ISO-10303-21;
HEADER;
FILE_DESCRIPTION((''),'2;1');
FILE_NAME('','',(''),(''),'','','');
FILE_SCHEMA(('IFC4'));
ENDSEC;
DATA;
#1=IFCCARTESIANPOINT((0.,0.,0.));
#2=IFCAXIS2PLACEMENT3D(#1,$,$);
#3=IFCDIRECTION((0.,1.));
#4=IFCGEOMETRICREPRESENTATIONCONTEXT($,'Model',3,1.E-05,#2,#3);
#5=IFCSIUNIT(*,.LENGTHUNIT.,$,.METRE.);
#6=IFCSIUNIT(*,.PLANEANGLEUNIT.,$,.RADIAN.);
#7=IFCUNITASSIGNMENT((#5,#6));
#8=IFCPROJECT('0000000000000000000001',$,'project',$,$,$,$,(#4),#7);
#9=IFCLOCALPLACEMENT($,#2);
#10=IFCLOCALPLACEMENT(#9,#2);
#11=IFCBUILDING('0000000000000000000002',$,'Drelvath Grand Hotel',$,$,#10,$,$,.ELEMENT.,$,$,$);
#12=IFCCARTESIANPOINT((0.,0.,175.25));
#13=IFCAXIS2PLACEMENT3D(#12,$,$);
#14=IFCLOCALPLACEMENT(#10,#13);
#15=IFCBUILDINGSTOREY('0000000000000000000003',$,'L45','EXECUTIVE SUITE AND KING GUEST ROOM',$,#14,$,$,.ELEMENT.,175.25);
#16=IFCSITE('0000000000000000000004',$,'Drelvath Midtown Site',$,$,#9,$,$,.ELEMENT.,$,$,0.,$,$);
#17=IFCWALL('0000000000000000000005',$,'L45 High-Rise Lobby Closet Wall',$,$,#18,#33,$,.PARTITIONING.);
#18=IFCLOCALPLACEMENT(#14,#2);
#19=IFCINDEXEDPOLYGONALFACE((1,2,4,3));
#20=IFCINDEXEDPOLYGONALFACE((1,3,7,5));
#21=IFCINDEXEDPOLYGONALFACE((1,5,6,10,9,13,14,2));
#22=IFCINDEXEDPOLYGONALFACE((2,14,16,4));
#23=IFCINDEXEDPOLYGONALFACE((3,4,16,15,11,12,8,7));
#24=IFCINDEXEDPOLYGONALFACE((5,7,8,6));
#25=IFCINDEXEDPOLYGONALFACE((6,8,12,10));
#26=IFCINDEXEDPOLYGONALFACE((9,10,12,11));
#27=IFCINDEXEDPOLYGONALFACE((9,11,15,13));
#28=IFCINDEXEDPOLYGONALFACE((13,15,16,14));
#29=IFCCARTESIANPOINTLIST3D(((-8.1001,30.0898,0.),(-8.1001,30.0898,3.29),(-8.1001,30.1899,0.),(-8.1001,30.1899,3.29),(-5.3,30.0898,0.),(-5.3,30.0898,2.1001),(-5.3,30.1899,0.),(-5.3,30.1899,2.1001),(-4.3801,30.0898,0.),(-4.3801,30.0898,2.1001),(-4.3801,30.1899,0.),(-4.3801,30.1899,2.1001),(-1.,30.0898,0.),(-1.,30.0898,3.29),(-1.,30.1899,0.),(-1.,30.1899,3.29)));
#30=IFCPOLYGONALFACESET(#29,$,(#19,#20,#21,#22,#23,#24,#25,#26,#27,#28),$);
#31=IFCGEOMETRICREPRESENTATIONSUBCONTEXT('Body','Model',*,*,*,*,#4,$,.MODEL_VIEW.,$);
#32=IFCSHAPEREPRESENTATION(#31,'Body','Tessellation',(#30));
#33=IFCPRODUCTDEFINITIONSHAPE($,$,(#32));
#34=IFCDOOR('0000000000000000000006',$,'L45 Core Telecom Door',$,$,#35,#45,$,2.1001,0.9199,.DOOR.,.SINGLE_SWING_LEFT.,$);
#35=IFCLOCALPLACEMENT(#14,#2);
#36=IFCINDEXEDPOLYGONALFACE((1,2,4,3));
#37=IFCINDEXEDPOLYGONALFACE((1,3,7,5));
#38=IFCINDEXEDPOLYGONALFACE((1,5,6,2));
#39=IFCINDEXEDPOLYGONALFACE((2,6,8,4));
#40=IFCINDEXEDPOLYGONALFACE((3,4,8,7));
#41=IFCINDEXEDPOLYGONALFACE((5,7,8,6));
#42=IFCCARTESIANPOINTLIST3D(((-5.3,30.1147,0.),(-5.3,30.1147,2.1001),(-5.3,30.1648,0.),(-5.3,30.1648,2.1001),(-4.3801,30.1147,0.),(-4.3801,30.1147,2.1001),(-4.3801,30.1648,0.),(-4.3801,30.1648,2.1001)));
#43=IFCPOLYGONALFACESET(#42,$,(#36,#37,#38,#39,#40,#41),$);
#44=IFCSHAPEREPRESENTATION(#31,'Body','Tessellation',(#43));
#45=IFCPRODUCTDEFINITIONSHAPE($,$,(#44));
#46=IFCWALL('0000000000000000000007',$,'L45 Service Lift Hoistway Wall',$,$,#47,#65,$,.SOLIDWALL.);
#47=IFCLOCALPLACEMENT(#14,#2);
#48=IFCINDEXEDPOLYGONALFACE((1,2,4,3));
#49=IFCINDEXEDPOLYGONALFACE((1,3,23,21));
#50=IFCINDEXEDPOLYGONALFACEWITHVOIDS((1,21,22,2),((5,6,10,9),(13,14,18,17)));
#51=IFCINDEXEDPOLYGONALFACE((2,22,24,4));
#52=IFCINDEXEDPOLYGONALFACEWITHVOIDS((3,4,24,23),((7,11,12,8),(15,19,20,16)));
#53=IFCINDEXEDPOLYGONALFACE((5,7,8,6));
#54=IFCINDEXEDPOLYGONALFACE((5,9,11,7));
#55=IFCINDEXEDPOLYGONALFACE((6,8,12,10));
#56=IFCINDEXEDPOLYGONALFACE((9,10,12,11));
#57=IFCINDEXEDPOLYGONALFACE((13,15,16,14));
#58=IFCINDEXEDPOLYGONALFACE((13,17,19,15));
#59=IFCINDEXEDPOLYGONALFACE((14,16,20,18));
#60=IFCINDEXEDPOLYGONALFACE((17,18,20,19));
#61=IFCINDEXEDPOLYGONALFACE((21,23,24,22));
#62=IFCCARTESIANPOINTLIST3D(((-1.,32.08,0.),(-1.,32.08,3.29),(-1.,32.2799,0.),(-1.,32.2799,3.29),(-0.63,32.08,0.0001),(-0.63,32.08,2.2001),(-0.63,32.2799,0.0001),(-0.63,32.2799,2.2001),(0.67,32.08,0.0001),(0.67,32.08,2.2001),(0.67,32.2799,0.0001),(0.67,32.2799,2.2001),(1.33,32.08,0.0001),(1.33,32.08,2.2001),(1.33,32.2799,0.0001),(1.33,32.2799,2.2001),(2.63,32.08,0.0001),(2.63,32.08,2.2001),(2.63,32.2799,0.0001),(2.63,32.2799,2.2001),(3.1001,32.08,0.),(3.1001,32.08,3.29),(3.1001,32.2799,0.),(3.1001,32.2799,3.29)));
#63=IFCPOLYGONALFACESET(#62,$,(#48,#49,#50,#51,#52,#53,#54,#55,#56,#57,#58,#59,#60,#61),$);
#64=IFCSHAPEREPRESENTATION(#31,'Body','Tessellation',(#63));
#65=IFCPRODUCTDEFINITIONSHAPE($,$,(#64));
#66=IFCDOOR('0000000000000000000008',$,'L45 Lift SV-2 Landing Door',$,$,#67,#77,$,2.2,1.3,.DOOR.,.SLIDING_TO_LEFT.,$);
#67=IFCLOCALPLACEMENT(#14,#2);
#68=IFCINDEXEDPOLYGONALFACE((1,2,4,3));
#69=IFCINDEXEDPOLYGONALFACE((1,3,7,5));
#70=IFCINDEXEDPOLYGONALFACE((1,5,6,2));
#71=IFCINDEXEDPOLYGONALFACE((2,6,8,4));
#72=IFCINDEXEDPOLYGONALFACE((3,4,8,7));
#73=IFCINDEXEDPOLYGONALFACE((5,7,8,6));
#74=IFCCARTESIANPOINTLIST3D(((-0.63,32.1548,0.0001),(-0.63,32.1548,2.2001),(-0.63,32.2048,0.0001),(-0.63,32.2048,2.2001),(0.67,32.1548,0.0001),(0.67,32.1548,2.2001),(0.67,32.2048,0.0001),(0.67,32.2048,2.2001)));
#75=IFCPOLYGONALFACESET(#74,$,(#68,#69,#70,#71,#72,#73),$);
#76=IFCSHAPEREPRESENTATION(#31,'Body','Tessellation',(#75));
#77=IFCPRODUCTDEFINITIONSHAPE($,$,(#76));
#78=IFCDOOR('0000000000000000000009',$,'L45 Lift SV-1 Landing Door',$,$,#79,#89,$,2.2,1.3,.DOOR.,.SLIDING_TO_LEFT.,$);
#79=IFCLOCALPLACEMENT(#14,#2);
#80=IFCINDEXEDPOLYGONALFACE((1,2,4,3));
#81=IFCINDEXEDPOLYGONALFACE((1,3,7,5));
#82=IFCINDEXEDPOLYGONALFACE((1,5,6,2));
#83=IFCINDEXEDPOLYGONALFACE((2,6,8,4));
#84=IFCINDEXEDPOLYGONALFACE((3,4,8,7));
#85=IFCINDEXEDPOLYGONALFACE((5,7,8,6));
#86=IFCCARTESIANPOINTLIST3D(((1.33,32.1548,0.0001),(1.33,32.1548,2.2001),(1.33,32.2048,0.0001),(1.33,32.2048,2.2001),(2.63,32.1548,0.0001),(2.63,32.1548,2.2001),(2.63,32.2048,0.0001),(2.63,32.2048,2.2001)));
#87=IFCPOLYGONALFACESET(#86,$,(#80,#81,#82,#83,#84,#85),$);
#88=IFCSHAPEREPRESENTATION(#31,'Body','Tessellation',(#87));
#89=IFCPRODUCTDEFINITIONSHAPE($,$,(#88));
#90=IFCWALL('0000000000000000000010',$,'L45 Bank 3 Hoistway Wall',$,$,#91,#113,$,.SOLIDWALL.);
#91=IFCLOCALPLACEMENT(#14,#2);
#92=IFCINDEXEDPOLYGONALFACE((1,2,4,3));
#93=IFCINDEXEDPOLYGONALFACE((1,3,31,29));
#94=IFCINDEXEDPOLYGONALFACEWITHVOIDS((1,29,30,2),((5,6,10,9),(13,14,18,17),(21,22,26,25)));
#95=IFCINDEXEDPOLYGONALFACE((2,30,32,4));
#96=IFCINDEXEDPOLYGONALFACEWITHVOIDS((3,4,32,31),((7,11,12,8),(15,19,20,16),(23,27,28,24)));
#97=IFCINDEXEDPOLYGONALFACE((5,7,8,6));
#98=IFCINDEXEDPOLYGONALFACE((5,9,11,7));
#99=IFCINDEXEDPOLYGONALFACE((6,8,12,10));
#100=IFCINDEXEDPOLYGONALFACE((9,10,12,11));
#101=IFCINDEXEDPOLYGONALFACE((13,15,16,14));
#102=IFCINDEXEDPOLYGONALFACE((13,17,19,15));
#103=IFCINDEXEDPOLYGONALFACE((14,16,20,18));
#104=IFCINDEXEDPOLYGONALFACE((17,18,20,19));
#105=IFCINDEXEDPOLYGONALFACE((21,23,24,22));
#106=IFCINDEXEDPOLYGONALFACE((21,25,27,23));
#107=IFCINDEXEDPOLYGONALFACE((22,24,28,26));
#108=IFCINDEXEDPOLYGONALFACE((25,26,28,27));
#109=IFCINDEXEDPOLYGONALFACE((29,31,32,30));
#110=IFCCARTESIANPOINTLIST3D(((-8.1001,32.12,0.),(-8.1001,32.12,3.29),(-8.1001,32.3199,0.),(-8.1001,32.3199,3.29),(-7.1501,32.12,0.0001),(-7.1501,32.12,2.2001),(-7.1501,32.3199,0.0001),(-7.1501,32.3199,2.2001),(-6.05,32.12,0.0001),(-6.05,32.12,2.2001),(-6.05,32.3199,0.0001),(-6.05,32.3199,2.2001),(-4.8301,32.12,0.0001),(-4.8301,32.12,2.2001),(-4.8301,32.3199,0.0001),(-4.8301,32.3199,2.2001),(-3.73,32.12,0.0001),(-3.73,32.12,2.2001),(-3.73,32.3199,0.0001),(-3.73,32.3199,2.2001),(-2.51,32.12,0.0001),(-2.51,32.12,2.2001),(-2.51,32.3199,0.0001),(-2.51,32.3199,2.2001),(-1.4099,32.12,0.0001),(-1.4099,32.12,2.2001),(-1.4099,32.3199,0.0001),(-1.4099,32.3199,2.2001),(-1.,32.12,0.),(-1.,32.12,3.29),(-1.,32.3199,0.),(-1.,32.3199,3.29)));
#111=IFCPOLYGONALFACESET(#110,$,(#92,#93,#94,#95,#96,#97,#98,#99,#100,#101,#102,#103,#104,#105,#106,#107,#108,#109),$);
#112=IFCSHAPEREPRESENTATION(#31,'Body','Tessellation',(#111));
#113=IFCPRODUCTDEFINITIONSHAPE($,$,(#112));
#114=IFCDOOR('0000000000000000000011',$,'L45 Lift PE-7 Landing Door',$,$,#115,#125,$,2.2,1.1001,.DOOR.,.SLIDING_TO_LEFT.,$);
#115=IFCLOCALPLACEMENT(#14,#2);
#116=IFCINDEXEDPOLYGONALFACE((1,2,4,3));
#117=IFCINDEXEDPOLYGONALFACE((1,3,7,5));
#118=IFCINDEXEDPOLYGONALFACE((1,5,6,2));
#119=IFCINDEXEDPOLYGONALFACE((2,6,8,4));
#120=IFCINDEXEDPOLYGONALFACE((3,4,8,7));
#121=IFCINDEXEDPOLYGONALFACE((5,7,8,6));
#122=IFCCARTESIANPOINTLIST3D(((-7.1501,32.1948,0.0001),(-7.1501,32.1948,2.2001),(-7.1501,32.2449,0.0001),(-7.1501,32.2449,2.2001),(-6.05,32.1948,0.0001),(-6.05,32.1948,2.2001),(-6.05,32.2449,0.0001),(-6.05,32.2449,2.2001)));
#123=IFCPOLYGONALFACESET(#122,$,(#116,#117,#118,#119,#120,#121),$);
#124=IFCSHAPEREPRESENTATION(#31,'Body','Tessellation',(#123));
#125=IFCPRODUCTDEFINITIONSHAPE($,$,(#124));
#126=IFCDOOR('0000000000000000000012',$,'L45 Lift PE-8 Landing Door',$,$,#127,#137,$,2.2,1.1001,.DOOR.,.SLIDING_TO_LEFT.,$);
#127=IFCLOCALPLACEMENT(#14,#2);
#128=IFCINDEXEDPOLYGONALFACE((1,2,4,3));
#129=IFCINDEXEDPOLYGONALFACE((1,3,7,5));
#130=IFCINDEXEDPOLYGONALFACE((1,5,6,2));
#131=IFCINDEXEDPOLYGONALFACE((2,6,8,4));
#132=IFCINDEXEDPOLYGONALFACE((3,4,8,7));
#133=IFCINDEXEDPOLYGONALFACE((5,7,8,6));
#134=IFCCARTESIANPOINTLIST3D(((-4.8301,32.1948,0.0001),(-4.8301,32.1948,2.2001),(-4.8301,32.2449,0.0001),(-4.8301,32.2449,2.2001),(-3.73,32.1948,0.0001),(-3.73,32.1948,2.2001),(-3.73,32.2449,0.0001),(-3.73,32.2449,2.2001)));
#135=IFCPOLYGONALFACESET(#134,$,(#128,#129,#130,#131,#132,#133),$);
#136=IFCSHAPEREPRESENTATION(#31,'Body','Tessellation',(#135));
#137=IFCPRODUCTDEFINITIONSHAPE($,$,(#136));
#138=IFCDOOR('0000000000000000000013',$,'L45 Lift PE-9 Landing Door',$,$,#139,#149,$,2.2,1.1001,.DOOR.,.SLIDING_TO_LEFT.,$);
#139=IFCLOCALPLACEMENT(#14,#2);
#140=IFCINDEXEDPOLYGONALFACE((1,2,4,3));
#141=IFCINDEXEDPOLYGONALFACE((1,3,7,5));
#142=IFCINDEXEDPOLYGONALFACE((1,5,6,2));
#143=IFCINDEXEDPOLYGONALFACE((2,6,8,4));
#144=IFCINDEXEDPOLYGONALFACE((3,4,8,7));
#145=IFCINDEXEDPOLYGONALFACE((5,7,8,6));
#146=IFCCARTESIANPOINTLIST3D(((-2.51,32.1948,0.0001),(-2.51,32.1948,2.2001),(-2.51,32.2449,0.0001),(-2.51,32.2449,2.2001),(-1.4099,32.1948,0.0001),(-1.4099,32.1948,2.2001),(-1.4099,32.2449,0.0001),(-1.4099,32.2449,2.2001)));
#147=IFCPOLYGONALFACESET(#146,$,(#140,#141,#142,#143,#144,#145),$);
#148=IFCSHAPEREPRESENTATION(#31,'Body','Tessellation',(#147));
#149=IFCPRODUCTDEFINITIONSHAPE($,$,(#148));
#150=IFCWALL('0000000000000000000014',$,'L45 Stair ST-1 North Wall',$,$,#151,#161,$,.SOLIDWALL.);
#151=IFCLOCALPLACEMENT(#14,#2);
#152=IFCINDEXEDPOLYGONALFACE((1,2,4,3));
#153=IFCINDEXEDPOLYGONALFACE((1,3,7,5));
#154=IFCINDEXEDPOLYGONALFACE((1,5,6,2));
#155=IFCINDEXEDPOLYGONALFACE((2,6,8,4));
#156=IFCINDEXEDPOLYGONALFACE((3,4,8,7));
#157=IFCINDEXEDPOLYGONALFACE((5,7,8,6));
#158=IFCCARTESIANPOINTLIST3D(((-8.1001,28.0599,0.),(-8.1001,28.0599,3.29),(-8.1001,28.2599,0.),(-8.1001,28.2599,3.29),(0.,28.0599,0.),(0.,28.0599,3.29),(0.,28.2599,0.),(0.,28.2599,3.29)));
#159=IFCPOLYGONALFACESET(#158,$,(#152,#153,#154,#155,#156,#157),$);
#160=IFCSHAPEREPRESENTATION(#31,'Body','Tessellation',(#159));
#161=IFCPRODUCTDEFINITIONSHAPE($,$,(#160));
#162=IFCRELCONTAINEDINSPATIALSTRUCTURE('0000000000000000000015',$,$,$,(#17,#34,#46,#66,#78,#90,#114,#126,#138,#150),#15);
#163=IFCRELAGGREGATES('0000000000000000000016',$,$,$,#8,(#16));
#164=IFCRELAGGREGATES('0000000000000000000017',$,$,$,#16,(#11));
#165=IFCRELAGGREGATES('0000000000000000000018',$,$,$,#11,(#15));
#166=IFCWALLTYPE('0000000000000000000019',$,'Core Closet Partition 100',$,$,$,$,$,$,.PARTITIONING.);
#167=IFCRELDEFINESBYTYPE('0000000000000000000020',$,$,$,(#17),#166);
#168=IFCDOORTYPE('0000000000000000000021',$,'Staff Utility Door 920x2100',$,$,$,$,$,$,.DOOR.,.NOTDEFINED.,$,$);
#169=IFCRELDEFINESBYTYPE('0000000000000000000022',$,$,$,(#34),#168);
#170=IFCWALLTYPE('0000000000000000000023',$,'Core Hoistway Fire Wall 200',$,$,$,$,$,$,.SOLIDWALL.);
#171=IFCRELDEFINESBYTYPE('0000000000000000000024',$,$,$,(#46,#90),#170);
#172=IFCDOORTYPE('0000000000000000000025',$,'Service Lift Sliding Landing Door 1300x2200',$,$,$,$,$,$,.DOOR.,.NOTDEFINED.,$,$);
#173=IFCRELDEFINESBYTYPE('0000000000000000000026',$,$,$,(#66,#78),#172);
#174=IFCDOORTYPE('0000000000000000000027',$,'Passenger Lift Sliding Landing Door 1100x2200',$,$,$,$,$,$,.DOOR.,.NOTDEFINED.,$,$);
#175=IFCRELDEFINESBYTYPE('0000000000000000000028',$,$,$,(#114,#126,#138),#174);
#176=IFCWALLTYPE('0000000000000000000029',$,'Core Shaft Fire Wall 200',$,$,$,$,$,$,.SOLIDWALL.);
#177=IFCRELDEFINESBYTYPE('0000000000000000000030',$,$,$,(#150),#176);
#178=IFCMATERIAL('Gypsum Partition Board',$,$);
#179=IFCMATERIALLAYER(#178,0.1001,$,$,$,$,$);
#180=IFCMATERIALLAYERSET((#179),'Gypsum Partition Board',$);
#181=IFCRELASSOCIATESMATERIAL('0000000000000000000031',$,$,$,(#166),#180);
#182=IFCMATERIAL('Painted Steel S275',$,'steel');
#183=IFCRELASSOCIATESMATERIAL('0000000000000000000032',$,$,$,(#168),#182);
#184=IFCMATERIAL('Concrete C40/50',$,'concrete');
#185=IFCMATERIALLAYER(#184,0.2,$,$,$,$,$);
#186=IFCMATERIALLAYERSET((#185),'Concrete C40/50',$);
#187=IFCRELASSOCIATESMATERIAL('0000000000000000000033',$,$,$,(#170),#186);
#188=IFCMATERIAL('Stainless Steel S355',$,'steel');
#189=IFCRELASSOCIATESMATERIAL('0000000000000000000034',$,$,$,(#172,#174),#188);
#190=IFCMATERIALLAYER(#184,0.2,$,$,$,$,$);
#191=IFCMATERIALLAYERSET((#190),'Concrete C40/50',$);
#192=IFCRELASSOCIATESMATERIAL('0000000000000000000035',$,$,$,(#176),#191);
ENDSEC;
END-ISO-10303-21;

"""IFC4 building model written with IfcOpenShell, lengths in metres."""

from ifc_helpers import new_model, si_unit, direction, frame, frame_2d, origin, place, context, subcontext, project, spatial, rectangle, extrude, material, layer, layer_set, type_object, element, fill, save


model = new_model("IFC4")

# Units and contexts
model_context = context("Model", 3, precision=1e-05, world=origin(), true_north=direction((0.0, 1.0)))
body_context = subcontext(model_context, "Body", "Model", "MODEL_VIEW")
ifc_project = project(units=[si_unit("LENGTHUNIT", "METRE"), si_unit("PLANEANGLEUNIT", "RADIAN")], contexts=[model_context])

# Site, building, storey
site_placement = place(None, origin())
site = spatial("IfcSite", under=ifc_project, at=site_placement, Name="Drelvath Midtown Site", CompositionType="ELEMENT", RefElevation=0.0)
building_placement = place(site_placement, origin())
building = spatial("IfcBuilding", under=site, at=building_placement, Name="Drelvath Grand Hotel", CompositionType="ELEMENT")
storey_placement = place(building_placement, frame((0.0, 0.0, 175.25)))
storey = spatial("IfcBuildingStorey", under=building, at=storey_placement, Name="L45", Description="EXECUTIVE SUITE AND KING GUEST ROOM", CompositionType="ELEMENT", Elevation=175.25)

# Wall, opening, door
ifc_material_1 = material(Name="Gypsum Partition Board")
ifc_layer_1 = layer(ifc_material_1, 0.1001)
ifc_layer_set_1 = layer_set([ifc_layer_1], Name="Gypsum Partition Board")
wall_type_1 = type_object("IfcWallType", Name="Core Closet Partition 100", PredefinedType="PARTITIONING", material=ifc_layer_set_1)
wall_1_placement = place(storey_placement, frame((-8.1001, 30.1399, 0.0), z_axis=(0.0, 0.0, 1.0), x_axis=(1.0, 0.0, 0.0)))
wall_1 = element("IfcWall", 1, at=wall_1_placement, inside=storey, type_object=wall_type_1, Name="L45 High-Rise Lobby Closet Wall", PredefinedType="PARTITIONING", context=body_context, shape_type="SweptSolid", body=[
    extrude(rectangle(XDim=7.1001, YDim=0.1001, at=frame_2d((3.55, 0.0))), origin(), (0.0, 0.0, 1.0), 3.29),
])
opening_1_placement = place(wall_1_placement, frame((2.8, 0.0, 0.0)))
opening_1 = element("IfcOpeningElement", 2, at=opening_1_placement, cuts=wall_1, PredefinedType="OPENING", context=body_context, shape_type="SweptSolid", body=[
    extrude(rectangle(XDim=0.9199, YDim=2.1001, at=frame_2d((0.46, 1.05))), frame((0.0, 0.0601, 0.0), z_axis=(0.0, -1.0, 0.0), x_axis=(1.0, 0.0, 0.0)), (0.0, 0.0, 1.0), 0.1201),
])
ifc_material_2 = material(Name="Painted Steel S275", Category="steel")
door_type_1 = type_object("IfcDoorType", Name="Staff Utility Door 920x2100", OperationType="NOTDEFINED", PredefinedType="DOOR", material=ifc_material_2)
door_1_placement = place(opening_1_placement, origin())
door_1 = element("IfcDoor", 3, at=door_1_placement, inside=storey, type_object=door_type_1, Name="L45 Core Telecom Door", OperationType="SINGLE_SWING_LEFT", OverallHeight=2.1001, OverallWidth=0.9199, PredefinedType="DOOR", context=body_context, shape_type="SweptSolid", body=[
    extrude(rectangle(XDim=0.9199, YDim=2.1001, at=frame_2d((0.46, 1.05))), frame((0.0, 0.0249, 0.0), z_axis=(0.0, -1.0, 0.0), x_axis=(1.0, 0.0, 0.0)), (0.0, 0.0, 1.0), 0.05),
])
fill(opening_1, door_1)

# Walls, openings, doors
ifc_material_3 = material(Name="Concrete C40/50", Category="concrete")
ifc_layer_2 = layer(ifc_material_3, 0.2)
ifc_layer_set_2 = layer_set([ifc_layer_2], Name="Concrete C40/50")
wall_type_2 = type_object("IfcWallType", Name="Core Hoistway Fire Wall 200", PredefinedType="SOLIDWALL", material=ifc_layer_set_2)
wall_2_placement = place(storey_placement, frame((-1.0, 32.1799, 0.0), z_axis=(0.0, 0.0, 1.0), x_axis=(1.0, 0.0, 0.0)))
wall_2 = element("IfcWall", 4, at=wall_2_placement, inside=storey, type_object=wall_type_2, Name="L45 Service Lift Hoistway Wall", PredefinedType="SOLIDWALL", context=body_context, shape_type="SweptSolid", body=[
    extrude(rectangle(XDim=4.1001, YDim=0.2, at=frame_2d((2.05, 0.0))), origin(), (0.0, 0.0, 1.0), 3.29),
])
opening_2_placement = place(wall_2_placement, frame((0.3701, 0.0, 0.0)))
opening_2 = element("IfcOpeningElement", 5, at=opening_2_placement, cuts=wall_2, PredefinedType="OPENING", context=body_context, shape_type="SweptSolid", body=[
    extrude(rectangle(XDim=1.3, YDim=2.2, at=frame_2d((0.6499, 1.1001))), frame((0.0, 0.1099, 0.0), z_axis=(0.0, -1.0, 0.0), x_axis=(1.0, 0.0, 0.0)), (0.0, 0.0, 1.0), 0.22),
])
opening_3_placement = place(wall_2_placement, frame((2.3301, 0.0, 0.0)))
opening_3 = element("IfcOpeningElement", 6, at=opening_3_placement, cuts=wall_2, PredefinedType="OPENING", context=body_context, shape_type="SweptSolid", body=[
    extrude(rectangle(XDim=1.3, YDim=2.2, at=frame_2d((0.6499, 1.1001))), frame((0.0, 0.1099, 0.0), z_axis=(0.0, -1.0, 0.0), x_axis=(1.0, 0.0, 0.0)), (0.0, 0.0, 1.0), 0.22),
])
ifc_material_4 = material(Name="Stainless Steel S355", Category="steel")
door_type_2 = type_object("IfcDoorType", Name="Service Lift Sliding Landing Door 1300x2200", OperationType="NOTDEFINED", PredefinedType="DOOR", material=ifc_material_4)
door_2_placement = place(opening_2_placement, origin())
door_2 = element("IfcDoor", 7, at=door_2_placement, inside=storey, type_object=door_type_2, Name="L45 Lift SV-2 Landing Door", OperationType="SLIDING_TO_LEFT", OverallHeight=2.2, OverallWidth=1.3, PredefinedType="DOOR", context=body_context, shape_type="SweptSolid", body=[
    extrude(rectangle(XDim=1.3, YDim=2.2, at=frame_2d((0.6499, 1.1001))), frame((0.0, 0.0249, 0.0), z_axis=(0.0, -1.0, 0.0), x_axis=(1.0, 0.0, 0.0)), (0.0, 0.0, 1.0), 0.05),
])
fill(opening_2, door_2)
door_3_placement = place(opening_3_placement, origin())
door_3 = element("IfcDoor", 8, at=door_3_placement, inside=storey, type_object=door_type_2, Name="L45 Lift SV-1 Landing Door", OperationType="SLIDING_TO_LEFT", OverallHeight=2.2, OverallWidth=1.3, PredefinedType="DOOR", context=body_context, shape_type="SweptSolid", body=[
    extrude(rectangle(XDim=1.3, YDim=2.2, at=frame_2d((0.6499, 1.1001))), frame((0.0, 0.0249, 0.0), z_axis=(0.0, -1.0, 0.0), x_axis=(1.0, 0.0, 0.0)), (0.0, 0.0, 1.0), 0.05),
])
fill(opening_3, door_3)
wall_3_placement = place(storey_placement, frame((-8.1001, 32.22, 0.0), z_axis=(0.0, 0.0, 1.0), x_axis=(1.0, 0.0, 0.0)))
wall_3 = element("IfcWall", 9, at=wall_3_placement, inside=storey, type_object=wall_type_2, Name="L45 Bank 3 Hoistway Wall", PredefinedType="SOLIDWALL", context=body_context, shape_type="SweptSolid", body=[
    extrude(rectangle(XDim=7.1001, YDim=0.2, at=frame_2d((3.55, 0.0))), origin(), (0.0, 0.0, 1.0), 3.29),
])
opening_4_placement = place(wall_3_placement, frame((0.95, 0.0, 0.0)))
opening_4 = element("IfcOpeningElement", 10, at=opening_4_placement, cuts=wall_3, PredefinedType="OPENING", context=body_context, shape_type="SweptSolid", body=[
    extrude(rectangle(XDim=1.1001, YDim=2.2, at=frame_2d((0.55, 1.1001))), frame((0.0, 0.1099, 0.0), z_axis=(0.0, -1.0, 0.0), x_axis=(1.0, 0.0, 0.0)), (0.0, 0.0, 1.0), 0.22),
])
opening_5_placement = place(wall_3_placement, frame((3.27, 0.0, 0.0)))
opening_5 = element("IfcOpeningElement", 11, at=opening_5_placement, cuts=wall_3, PredefinedType="OPENING", context=body_context, shape_type="SweptSolid", body=[
    extrude(rectangle(XDim=1.1001, YDim=2.2, at=frame_2d((0.55, 1.1001))), frame((0.0, 0.1099, 0.0), z_axis=(0.0, -1.0, 0.0), x_axis=(1.0, 0.0, 0.0)), (0.0, 0.0, 1.0), 0.22),
])
opening_6_placement = place(wall_3_placement, frame((5.5901, 0.0, 0.0)))
opening_6 = element("IfcOpeningElement", 12, at=opening_6_placement, cuts=wall_3, PredefinedType="OPENING", context=body_context, shape_type="SweptSolid", body=[
    extrude(rectangle(XDim=1.1001, YDim=2.2, at=frame_2d((0.55, 1.1001))), frame((0.0, 0.1099, 0.0), z_axis=(0.0, -1.0, 0.0), x_axis=(1.0, 0.0, 0.0)), (0.0, 0.0, 1.0), 0.22),
])
door_type_3 = type_object("IfcDoorType", Name="Passenger Lift Sliding Landing Door 1100x2200", OperationType="NOTDEFINED", PredefinedType="DOOR", material=ifc_material_4)
door_4_placement = place(opening_4_placement, origin())
door_4 = element("IfcDoor", 13, at=door_4_placement, inside=storey, type_object=door_type_3, Name="L45 Lift PE-7 Landing Door", OperationType="SLIDING_TO_LEFT", OverallHeight=2.2, OverallWidth=1.1001, PredefinedType="DOOR", context=body_context, shape_type="SweptSolid", body=[
    extrude(rectangle(XDim=1.1001, YDim=2.2, at=frame_2d((0.55, 1.1001))), frame((0.0, 0.0249, 0.0), z_axis=(0.0, -1.0, 0.0), x_axis=(1.0, 0.0, 0.0)), (0.0, 0.0, 1.0), 0.05),
])
fill(opening_4, door_4)
door_5_placement = place(opening_5_placement, origin())
door_5 = element("IfcDoor", 14, at=door_5_placement, inside=storey, type_object=door_type_3, Name="L45 Lift PE-8 Landing Door", OperationType="SLIDING_TO_LEFT", OverallHeight=2.2, OverallWidth=1.1001, PredefinedType="DOOR", context=body_context, shape_type="SweptSolid", body=[
    extrude(rectangle(XDim=1.1001, YDim=2.2, at=frame_2d((0.55, 1.1001))), frame((0.0, 0.0249, 0.0), z_axis=(0.0, -1.0, 0.0), x_axis=(1.0, 0.0, 0.0)), (0.0, 0.0, 1.0), 0.05),
])
fill(opening_5, door_5)
door_6_placement = place(opening_6_placement, origin())
door_6 = element("IfcDoor", 15, at=door_6_placement, inside=storey, type_object=door_type_3, Name="L45 Lift PE-9 Landing Door", OperationType="SLIDING_TO_LEFT", OverallHeight=2.2, OverallWidth=1.1001, PredefinedType="DOOR", context=body_context, shape_type="SweptSolid", body=[
    extrude(rectangle(XDim=1.1001, YDim=2.2, at=frame_2d((0.55, 1.1001))), frame((0.0, 0.0249, 0.0), z_axis=(0.0, -1.0, 0.0), x_axis=(1.0, 0.0, 0.0)), (0.0, 0.0, 1.0), 0.05),
])
fill(opening_6, door_6)

# Wall
ifc_layer_3 = layer(ifc_material_3, 0.2)
ifc_layer_set_3 = layer_set([ifc_layer_3], Name="Concrete C40/50")
wall_type_3 = type_object("IfcWallType", Name="Core Shaft Fire Wall 200", PredefinedType="SOLIDWALL", material=ifc_layer_set_3)
wall_4_placement = place(storey_placement, frame((-8.1001, 28.1599, 0.0), z_axis=(0.0, 0.0, 1.0), x_axis=(1.0, 0.0, 0.0)))
element("IfcWall", 16, at=wall_4_placement, inside=storey, type_object=wall_type_3, Name="L45 Stair ST-1 North Wall", PredefinedType="SOLIDWALL", context=body_context, shape_type="SweptSolid", body=[
    extrude(rectangle(XDim=8.1001, YDim=0.2, at=frame_2d((4.05, 0.0))), origin(), (0.0, 0.0, 1.0), 3.29),
])

save(model, "model.ifc")
